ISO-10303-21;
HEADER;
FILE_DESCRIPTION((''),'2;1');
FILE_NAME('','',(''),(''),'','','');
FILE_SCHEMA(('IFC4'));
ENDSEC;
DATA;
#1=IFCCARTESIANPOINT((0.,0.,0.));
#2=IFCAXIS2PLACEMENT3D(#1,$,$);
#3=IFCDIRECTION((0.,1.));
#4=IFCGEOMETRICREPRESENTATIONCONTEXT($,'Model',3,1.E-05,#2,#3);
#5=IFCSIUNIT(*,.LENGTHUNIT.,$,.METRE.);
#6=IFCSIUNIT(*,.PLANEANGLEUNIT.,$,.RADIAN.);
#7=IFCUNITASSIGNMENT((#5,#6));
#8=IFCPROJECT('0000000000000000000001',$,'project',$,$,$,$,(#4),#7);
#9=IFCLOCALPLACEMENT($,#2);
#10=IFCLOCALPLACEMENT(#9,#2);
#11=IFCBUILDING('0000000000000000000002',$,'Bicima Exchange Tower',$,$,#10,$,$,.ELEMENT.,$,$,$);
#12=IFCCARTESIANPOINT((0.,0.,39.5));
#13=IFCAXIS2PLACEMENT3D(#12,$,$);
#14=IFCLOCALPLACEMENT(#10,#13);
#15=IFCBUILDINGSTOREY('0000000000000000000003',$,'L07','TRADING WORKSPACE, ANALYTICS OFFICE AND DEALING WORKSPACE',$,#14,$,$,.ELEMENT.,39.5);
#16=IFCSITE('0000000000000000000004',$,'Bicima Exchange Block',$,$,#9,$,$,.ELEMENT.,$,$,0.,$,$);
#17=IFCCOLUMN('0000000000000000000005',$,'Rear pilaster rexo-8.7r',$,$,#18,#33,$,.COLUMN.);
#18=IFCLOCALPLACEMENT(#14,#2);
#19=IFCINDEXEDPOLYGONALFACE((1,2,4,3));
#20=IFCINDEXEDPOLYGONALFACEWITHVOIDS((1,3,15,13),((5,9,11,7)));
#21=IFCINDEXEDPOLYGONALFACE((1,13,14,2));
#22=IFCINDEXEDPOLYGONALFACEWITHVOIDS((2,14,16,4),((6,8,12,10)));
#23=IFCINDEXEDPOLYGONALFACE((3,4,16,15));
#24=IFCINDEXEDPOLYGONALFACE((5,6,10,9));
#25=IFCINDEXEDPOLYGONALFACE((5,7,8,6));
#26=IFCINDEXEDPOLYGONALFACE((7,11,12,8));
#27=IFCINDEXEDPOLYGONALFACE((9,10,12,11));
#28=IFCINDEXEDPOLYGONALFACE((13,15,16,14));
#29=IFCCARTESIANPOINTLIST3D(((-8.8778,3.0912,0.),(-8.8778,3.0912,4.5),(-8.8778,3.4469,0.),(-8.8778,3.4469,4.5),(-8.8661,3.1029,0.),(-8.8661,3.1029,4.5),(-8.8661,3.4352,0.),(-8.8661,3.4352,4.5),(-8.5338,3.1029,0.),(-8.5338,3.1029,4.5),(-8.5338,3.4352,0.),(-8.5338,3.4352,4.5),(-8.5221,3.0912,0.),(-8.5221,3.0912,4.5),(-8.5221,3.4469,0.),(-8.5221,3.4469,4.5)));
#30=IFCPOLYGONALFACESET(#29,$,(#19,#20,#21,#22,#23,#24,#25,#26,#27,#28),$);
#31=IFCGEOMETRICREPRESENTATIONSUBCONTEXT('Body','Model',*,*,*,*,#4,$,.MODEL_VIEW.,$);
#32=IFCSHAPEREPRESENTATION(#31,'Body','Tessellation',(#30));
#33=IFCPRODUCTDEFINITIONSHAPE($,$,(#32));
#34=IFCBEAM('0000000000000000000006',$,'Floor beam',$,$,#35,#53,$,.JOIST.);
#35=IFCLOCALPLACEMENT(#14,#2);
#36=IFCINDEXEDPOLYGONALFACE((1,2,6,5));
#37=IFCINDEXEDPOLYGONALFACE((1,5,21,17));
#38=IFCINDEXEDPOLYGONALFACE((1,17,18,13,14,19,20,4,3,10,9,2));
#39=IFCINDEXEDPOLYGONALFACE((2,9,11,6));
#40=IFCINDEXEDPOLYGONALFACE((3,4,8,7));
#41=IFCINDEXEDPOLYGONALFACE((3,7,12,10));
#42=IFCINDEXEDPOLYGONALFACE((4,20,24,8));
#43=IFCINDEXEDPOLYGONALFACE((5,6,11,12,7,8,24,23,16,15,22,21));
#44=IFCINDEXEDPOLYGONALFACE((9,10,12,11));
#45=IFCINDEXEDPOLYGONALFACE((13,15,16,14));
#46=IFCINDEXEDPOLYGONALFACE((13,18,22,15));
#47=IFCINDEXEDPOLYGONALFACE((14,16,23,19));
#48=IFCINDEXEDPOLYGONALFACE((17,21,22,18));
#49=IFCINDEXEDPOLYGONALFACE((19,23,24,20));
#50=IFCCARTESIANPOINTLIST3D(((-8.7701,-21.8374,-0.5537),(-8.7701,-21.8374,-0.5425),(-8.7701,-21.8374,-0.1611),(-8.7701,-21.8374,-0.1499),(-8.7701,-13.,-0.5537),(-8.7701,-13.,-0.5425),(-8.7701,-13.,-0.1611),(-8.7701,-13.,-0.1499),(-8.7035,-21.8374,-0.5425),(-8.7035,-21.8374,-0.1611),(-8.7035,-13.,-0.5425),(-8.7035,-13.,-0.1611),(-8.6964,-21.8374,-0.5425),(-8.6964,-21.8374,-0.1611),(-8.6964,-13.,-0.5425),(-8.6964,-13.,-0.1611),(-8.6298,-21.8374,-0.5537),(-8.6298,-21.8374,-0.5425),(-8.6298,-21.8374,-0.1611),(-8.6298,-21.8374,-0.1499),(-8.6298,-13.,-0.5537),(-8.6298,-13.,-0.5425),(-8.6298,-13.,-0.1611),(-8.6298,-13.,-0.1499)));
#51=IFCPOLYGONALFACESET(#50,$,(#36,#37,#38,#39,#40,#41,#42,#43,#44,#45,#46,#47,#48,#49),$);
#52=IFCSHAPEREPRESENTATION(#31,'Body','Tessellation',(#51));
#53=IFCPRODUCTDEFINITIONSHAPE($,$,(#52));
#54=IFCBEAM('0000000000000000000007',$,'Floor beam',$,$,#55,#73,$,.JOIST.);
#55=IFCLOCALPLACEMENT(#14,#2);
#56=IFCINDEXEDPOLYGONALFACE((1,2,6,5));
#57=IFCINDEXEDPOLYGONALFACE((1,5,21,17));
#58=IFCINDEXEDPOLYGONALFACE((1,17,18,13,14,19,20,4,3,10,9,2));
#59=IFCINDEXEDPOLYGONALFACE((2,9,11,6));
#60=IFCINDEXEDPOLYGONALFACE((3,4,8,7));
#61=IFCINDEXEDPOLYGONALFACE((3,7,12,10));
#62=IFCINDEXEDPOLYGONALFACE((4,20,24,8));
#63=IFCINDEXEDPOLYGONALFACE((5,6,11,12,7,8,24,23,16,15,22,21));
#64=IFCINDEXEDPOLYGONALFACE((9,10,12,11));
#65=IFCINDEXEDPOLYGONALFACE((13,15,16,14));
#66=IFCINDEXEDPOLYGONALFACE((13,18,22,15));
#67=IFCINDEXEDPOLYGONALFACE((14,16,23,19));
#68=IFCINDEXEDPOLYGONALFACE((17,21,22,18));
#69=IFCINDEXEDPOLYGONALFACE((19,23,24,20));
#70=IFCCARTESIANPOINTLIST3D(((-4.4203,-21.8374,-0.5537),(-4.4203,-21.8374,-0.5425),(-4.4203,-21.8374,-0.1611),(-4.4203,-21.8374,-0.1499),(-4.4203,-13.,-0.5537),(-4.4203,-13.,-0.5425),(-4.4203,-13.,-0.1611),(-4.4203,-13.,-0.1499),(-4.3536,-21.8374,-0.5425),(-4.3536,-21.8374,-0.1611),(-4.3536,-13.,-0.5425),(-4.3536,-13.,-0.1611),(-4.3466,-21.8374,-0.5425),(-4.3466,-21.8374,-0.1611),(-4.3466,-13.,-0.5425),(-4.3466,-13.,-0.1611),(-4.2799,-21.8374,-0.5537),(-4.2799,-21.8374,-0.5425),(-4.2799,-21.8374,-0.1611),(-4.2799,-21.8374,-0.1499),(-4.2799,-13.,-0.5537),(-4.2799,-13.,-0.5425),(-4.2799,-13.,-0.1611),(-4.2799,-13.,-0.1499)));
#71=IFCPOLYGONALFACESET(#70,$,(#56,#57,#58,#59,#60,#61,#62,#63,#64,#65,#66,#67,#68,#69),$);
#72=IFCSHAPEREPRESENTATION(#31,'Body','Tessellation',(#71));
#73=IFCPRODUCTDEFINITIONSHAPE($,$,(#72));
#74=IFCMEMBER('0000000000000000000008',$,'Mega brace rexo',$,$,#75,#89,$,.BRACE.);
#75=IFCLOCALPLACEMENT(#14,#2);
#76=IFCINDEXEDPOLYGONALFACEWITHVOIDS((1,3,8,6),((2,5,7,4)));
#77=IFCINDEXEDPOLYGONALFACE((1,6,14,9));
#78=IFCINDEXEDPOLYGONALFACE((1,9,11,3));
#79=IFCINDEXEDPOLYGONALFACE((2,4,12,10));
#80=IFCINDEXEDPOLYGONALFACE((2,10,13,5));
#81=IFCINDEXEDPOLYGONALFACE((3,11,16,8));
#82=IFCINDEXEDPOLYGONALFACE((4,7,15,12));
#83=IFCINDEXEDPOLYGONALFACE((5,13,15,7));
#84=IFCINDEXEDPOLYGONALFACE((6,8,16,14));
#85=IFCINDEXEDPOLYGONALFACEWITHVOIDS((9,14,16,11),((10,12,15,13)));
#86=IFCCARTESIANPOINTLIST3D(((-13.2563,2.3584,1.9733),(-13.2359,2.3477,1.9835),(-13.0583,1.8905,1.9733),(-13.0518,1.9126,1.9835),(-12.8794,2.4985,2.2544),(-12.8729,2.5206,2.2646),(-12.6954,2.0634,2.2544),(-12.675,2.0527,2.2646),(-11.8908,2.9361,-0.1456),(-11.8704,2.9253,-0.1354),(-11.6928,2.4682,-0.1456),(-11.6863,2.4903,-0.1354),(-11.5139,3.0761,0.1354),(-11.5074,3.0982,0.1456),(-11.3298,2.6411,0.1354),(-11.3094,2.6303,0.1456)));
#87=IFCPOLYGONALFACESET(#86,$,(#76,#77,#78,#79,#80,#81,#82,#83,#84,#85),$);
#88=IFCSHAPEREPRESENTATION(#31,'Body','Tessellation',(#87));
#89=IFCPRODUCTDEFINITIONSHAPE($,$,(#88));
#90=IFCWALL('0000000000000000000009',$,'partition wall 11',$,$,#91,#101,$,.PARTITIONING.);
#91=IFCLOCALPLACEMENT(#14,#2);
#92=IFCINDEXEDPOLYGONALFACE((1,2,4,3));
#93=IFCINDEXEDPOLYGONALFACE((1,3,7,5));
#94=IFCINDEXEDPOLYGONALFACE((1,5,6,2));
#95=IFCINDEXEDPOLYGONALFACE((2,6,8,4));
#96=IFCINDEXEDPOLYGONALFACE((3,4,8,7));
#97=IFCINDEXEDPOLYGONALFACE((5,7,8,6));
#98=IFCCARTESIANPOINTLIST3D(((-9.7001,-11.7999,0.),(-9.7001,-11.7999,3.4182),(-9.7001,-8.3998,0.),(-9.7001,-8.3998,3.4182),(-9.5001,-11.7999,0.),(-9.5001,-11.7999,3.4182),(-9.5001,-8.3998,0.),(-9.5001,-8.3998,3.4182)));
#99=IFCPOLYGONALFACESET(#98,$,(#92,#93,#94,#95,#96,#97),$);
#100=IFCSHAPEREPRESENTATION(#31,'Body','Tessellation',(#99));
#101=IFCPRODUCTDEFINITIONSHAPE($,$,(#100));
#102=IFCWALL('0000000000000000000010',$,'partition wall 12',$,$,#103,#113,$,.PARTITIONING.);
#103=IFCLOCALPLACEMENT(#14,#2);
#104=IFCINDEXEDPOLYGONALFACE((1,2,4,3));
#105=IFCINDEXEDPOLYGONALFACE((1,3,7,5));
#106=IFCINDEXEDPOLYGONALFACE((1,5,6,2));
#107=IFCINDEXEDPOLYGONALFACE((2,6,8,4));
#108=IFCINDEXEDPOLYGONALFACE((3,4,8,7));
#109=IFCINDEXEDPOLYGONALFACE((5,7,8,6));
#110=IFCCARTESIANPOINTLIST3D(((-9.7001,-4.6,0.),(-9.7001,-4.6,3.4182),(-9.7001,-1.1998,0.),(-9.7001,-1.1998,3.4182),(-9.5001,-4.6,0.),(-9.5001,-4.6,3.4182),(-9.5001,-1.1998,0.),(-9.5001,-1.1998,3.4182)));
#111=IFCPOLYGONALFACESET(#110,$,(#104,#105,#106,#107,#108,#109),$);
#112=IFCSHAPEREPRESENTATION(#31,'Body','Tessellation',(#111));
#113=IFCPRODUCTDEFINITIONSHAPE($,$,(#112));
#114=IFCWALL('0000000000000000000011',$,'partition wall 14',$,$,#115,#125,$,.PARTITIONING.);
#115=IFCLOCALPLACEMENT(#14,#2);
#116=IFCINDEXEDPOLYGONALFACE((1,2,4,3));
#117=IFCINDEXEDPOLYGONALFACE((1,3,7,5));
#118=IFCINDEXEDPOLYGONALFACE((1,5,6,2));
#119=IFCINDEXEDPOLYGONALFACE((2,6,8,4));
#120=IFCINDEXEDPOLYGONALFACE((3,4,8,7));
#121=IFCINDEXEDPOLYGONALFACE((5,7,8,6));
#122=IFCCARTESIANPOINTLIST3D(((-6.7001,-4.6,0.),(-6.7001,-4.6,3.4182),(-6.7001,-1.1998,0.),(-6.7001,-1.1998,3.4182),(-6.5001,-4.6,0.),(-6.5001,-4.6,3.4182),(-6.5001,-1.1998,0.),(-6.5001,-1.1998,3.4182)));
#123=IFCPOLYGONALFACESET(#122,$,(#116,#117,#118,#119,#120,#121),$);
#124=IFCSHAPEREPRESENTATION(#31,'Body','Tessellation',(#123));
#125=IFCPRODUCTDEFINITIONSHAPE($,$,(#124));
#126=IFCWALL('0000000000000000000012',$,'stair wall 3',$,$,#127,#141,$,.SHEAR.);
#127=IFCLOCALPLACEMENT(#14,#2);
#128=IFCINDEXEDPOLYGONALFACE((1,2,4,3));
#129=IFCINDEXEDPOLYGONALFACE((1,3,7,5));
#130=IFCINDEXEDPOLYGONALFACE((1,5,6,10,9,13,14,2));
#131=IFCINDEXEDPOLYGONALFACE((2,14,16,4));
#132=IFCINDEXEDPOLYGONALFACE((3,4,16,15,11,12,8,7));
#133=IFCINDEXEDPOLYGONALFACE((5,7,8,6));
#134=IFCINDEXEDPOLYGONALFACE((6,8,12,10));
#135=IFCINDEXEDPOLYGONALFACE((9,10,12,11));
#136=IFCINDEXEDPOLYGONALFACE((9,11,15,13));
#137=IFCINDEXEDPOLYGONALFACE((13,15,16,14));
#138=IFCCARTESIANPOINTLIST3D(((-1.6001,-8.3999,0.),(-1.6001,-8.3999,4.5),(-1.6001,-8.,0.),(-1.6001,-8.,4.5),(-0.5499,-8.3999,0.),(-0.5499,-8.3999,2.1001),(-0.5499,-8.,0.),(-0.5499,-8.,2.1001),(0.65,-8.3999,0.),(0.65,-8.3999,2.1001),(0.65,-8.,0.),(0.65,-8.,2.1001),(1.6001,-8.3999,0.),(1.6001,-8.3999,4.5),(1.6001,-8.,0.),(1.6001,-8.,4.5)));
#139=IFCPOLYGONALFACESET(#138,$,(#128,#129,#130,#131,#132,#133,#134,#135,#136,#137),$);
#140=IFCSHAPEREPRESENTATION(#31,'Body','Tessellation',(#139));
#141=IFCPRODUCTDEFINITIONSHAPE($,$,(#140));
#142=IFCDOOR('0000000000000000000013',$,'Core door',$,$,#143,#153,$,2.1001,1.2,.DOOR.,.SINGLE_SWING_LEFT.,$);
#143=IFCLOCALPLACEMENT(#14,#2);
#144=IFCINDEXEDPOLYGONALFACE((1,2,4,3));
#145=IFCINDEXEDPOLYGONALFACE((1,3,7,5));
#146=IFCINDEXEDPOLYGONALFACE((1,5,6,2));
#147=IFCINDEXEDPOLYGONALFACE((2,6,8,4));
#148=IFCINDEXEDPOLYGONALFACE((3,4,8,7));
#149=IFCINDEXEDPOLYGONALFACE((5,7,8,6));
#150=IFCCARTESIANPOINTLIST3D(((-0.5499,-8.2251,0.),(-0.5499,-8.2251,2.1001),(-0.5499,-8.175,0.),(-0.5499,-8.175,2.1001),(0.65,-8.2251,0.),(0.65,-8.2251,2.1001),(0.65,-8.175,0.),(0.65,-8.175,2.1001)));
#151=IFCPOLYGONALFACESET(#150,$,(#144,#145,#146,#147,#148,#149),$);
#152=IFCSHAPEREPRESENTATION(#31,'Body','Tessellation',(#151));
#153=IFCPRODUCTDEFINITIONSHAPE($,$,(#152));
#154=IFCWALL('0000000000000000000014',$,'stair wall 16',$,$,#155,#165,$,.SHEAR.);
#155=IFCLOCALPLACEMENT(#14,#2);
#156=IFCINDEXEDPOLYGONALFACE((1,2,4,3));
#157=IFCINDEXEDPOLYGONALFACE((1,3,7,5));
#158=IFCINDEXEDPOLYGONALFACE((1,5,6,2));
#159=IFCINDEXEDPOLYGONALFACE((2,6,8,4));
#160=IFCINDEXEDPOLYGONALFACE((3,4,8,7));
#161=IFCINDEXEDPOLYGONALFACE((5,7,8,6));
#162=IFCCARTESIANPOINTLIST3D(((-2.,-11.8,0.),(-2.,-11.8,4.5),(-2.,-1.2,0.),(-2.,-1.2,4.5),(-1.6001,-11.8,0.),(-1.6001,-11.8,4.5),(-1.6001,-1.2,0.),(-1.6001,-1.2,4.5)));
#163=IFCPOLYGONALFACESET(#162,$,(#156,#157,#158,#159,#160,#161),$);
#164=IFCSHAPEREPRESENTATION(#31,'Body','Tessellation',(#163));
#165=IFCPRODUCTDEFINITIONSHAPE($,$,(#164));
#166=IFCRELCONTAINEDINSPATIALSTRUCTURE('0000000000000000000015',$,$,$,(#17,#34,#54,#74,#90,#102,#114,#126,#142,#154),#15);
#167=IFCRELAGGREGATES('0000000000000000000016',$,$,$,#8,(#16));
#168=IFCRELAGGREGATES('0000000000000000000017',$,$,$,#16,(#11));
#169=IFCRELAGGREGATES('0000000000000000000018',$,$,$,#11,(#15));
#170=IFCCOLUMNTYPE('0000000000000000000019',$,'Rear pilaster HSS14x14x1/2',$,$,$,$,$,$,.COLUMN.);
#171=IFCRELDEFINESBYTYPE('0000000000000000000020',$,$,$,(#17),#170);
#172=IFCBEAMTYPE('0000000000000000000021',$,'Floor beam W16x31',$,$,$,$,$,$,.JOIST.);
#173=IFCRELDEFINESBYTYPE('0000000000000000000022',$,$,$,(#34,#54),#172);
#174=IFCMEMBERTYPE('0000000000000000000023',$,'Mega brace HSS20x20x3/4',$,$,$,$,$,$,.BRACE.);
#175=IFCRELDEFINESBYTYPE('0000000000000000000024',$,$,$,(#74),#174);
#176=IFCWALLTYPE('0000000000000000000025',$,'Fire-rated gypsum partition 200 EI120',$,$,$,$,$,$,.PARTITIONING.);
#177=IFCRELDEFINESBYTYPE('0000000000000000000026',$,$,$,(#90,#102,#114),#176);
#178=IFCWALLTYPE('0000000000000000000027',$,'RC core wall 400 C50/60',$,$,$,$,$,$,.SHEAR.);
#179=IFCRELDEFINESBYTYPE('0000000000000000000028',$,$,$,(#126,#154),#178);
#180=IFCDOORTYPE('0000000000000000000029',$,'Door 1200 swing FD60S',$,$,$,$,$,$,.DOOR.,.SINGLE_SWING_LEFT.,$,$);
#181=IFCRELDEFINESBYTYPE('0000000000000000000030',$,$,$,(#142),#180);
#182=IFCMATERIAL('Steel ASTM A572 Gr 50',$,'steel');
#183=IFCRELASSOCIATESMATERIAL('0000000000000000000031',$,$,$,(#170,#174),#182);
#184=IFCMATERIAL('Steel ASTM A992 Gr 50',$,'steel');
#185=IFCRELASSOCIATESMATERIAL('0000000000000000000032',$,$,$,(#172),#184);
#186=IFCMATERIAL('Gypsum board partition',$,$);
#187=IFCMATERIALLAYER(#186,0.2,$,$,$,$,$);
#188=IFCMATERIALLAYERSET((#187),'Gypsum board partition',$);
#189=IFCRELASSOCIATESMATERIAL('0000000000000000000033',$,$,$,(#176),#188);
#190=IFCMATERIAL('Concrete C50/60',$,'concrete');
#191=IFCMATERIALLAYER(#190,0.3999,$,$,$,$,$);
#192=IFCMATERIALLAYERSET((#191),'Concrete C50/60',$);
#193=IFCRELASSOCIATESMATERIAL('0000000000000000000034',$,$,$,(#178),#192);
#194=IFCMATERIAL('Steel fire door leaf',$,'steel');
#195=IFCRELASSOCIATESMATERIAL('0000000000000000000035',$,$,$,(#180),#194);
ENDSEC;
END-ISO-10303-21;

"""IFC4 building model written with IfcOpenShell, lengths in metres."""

from ifc_helpers import new_model, si_unit, direction, frame, frame_2d, origin, origin_2d, place, context, subcontext, project, spatial, rectangle, hollow_rectangle, i_section, extrude, material, layer, layer_set, material_profile, profile_set, type_object, element, fill, save


model = new_model("IFC4")

# Units and contexts
model_context = context("Model", 3, precision=1e-05, world=origin(), true_north=direction((0.0, 1.0)))
body_context = subcontext(model_context, "Body", "Model", "MODEL_VIEW")
ifc_project = project(units=[si_unit("LENGTHUNIT", "METRE"), si_unit("PLANEANGLEUNIT", "RADIAN")], contexts=[model_context])

# Site, building, storey
site_placement = place(None, origin())
site = spatial("IfcSite", under=ifc_project, at=site_placement, Name="Bicima Exchange Block", CompositionType="ELEMENT", RefElevation=0.0)
building_placement = place(site_placement, origin())
building = spatial("IfcBuilding", under=site, at=building_placement, Name="Bicima Exchange Tower", CompositionType="ELEMENT")
storey_placement = place(building_placement, frame((0.0, 0.0, 39.5)))
storey = spatial("IfcBuildingStorey", under=building, at=storey_placement, Name="L07", Description="TRADING WORKSPACE, ANALYTICS OFFICE AND DEALING WORKSPACE", CompositionType="ELEMENT", Elevation=39.5)

# Column
ifc_material_1 = material(Name="Steel ASTM A572 Gr 50", Category="steel")
ifc_material_profile_1 = material_profile(ifc_material_1, hollow_rectangle(XDim=0.3557, YDim=0.3557, WallThickness=0.0117, at=origin_2d()))
ifc_profile_set_1 = profile_set([ifc_material_profile_1], Name="Steel ASTM A572 Gr 50")
column_type = type_object("IfcColumnType", Name="Rear pilaster HSS14x14x1/2", PredefinedType="COLUMN", material=ifc_profile_set_1)
column_placement = place(storey_placement, frame((-8.7, 3.269, 0.0), z_axis=(0.0, 0.0, 1.0), x_axis=(1.0, 0.0, 0.0)))
element("IfcColumn", 1, at=column_placement, inside=storey, type_object=column_type, Name="Rear pilaster rexo-8.7r", PredefinedType="COLUMN", context=body_context, shape_type="SweptSolid", body=[
    extrude(hollow_rectangle(XDim=0.3557, YDim=0.3557, WallThickness=0.0117, at=origin_2d()), origin(), (0.0, 0.0, 1.0), 4.5),
])

# Beams
ifc_material_2 = material(Name="Steel ASTM A992 Gr 50", Category="steel")
ifc_material_profile_2 = material_profile(ifc_material_2, i_section(OverallWidth=0.1404, OverallDepth=0.4038, WebThickness=0.0071, FlangeThickness=0.0112, at=origin_2d()))
ifc_profile_set_2 = profile_set([ifc_material_profile_2], Name="Steel ASTM A992 Gr 50")
beam_type = type_object("IfcBeamType", Name="Floor beam W16x31", PredefinedType="JOIST", material=ifc_profile_set_2)
for number, where, z_axis, x_axis, name in (
    (2, (-8.7, -13.0, -0.3518), (0.0, -1.0, 0.0), (1.0, 0.0, 0.0), "Floor beam"),
    (3, (-4.3501, -13.0, -0.3518), (0.0, -1.0, 0.0), (1.0, 0.0, 0.0), "Floor beam"),
):
    element("IfcBeam", number, at=place(storey_placement, frame(where, z_axis=z_axis, x_axis=x_axis)), inside=storey, type_object=beam_type, Name=name, PredefinedType="JOIST", context=body_context, shape_type="SweptSolid", body=[
        extrude(i_section(OverallWidth=0.1404, OverallDepth=0.4038, WebThickness=0.0071, FlangeThickness=0.0112, at=origin_2d()), origin(), (0.0, 0.0, 1.0), 8.8374),
    ])

# Member
ifc_material_profile_3 = material_profile(ifc_material_1, hollow_rectangle(XDim=0.5081, YDim=0.5081, WallThickness=0.0178, at=origin_2d()))
ifc_profile_set_3 = profile_set([ifc_material_profile_3], Name="Steel ASTM A572 Gr 50")
member_type = type_object("IfcMemberType", Name="Mega brace HSS20x20x3/4", PredefinedType="BRACE", material=ifc_profile_set_3)
member_placement = place(storey_placement, frame((-11.6001, 2.7832, 0.0), z_axis=(-0.528007, -0.223362, 0.81934), x_axis=(0.389602, -0.920983, 0.0)))
element("IfcMember", 4, at=member_placement, inside=storey, type_object=member_type, Name="Mega brace rexo", PredefinedType="BRACE", context=body_context, shape_type="SweptSolid", body=[
    extrude(hollow_rectangle(XDim=0.5081, YDim=0.5081, WallThickness=0.0178, at=origin_2d()), origin(), (0.0, 0.0, 1.0), 2.5862),
])

# Walls
ifc_material_3 = material(Name="Gypsum board partition")
ifc_layer_1 = layer(ifc_material_3, 0.2)
ifc_layer_set_1 = layer_set([ifc_layer_1], Name="Gypsum board partition")
wall_type_1 = type_object("IfcWallType", Name="Fire-rated gypsum partition 200 EI120", PredefinedType="PARTITIONING", material=ifc_layer_set_1)
for number, where, z_axis, x_axis, name in (
    (5, (-9.6001, -11.8, 0.0), (0.0, 0.0, 1.0), (0.0, 1.0, 0.0), "partition wall 11"),
    (6, (-9.6001, -4.6001, 0.0), (0.0, 0.0, 1.0), (0.0, 1.0, 0.0), "partition wall 12"),
    (7, (-6.6001, -4.6001, 0.0), (0.0, 0.0, 1.0), (0.0, 1.0, 0.0), "partition wall 14"),
):
    element("IfcWall", number, at=place(storey_placement, frame(where, z_axis=z_axis, x_axis=x_axis)), inside=storey, type_object=wall_type_1, Name=name, PredefinedType="PARTITIONING", context=body_context, shape_type="SweptSolid", body=[
        extrude(rectangle(XDim=3.4001, YDim=0.2, at=frame_2d((1.7002, 0.0))), origin(), (0.0, 0.0, 1.0), 3.4182),
    ])

# Wall, opening, door
ifc_material_4 = material(Name="Concrete C50/60", Category="concrete")
ifc_layer_2 = layer(ifc_material_4, 0.3999)
ifc_layer_set_2 = layer_set([ifc_layer_2], Name="Concrete C50/60")
wall_type_2 = type_object("IfcWallType", Name="RC core wall 400 C50/60", PredefinedType="SHEAR", material=ifc_layer_set_2)
wall_1_placement = place(storey_placement, frame((-1.6001, -8.2, 0.0), z_axis=(0.0, 0.0, 1.0), x_axis=(1.0, 0.0, 0.0)))
wall_1 = element("IfcWall", 8, at=wall_1_placement, inside=storey, type_object=wall_type_2, Name="stair wall 3", PredefinedType="SHEAR", context=body_context, shape_type="SweptSolid", body=[
    extrude(rectangle(XDim=3.2002, YDim=0.3999, at=frame_2d((1.6001, 0.0))), origin(), (0.0, 0.0, 1.0), 4.5),
])
opening_1_placement = place(wall_1_placement, frame((1.05, 0.0, 0.0)))
opening_1 = element("IfcOpeningElement", 9, at=opening_1_placement, cuts=wall_1, PredefinedType="OPENING", context=body_context, shape_type="SweptSolid", body=[
    extrude(rectangle(XDim=1.2, YDim=2.1001, at=frame_2d((0.6001, 1.05))), frame((0.0, 0.2119, 0.0), z_axis=(0.0, -1.0, 0.0), x_axis=(1.0, 0.0, 0.0)), (0.0, 0.0, 1.0), 0.4238),
])
ifc_material_5 = material(Name="Steel fire door leaf", Category="steel")
door_type_1 = type_object("IfcDoorType", Name="Door 1200 swing FD60S", OperationType="SINGLE_SWING_LEFT", PredefinedType="DOOR", material=ifc_material_5)
door_1_placement = place(opening_1_placement, origin())
door_1 = element("IfcDoor", 10, at=door_1_placement, inside=storey, type_object=door_type_1, Name="Core door", OperationType="SINGLE_SWING_LEFT", OverallHeight=2.1001, OverallWidth=1.2, PredefinedType="DOOR", context=body_context, shape_type="SweptSolid", body=[
    extrude(rectangle(XDim=1.2, YDim=2.1001, at=frame_2d((0.6001, 1.05))), frame((0.0, 0.0249, 0.0), z_axis=(0.0, -1.0, 0.0), x_axis=(1.0, 0.0, 0.0)), (0.0, 0.0, 1.0), 0.05),
])
fill(opening_1, door_1)

# Wall
wall_2_placement = place(storey_placement, frame((-1.8, -11.8, 0.0), z_axis=(0.0, 0.0, 1.0), x_axis=(0.0, 1.0, 0.0)))
element("IfcWall", 11, at=wall_2_placement, inside=storey, type_object=wall_type_2, Name="stair wall 16", PredefinedType="SHEAR", context=body_context, shape_type="SweptSolid", body=[
    extrude(rectangle(XDim=10.6001, YDim=0.3999, at=frame_2d((5.3, 0.0))), origin(), (0.0, 0.0, 1.0), 4.5),
])

save(model, "model.ifc")
